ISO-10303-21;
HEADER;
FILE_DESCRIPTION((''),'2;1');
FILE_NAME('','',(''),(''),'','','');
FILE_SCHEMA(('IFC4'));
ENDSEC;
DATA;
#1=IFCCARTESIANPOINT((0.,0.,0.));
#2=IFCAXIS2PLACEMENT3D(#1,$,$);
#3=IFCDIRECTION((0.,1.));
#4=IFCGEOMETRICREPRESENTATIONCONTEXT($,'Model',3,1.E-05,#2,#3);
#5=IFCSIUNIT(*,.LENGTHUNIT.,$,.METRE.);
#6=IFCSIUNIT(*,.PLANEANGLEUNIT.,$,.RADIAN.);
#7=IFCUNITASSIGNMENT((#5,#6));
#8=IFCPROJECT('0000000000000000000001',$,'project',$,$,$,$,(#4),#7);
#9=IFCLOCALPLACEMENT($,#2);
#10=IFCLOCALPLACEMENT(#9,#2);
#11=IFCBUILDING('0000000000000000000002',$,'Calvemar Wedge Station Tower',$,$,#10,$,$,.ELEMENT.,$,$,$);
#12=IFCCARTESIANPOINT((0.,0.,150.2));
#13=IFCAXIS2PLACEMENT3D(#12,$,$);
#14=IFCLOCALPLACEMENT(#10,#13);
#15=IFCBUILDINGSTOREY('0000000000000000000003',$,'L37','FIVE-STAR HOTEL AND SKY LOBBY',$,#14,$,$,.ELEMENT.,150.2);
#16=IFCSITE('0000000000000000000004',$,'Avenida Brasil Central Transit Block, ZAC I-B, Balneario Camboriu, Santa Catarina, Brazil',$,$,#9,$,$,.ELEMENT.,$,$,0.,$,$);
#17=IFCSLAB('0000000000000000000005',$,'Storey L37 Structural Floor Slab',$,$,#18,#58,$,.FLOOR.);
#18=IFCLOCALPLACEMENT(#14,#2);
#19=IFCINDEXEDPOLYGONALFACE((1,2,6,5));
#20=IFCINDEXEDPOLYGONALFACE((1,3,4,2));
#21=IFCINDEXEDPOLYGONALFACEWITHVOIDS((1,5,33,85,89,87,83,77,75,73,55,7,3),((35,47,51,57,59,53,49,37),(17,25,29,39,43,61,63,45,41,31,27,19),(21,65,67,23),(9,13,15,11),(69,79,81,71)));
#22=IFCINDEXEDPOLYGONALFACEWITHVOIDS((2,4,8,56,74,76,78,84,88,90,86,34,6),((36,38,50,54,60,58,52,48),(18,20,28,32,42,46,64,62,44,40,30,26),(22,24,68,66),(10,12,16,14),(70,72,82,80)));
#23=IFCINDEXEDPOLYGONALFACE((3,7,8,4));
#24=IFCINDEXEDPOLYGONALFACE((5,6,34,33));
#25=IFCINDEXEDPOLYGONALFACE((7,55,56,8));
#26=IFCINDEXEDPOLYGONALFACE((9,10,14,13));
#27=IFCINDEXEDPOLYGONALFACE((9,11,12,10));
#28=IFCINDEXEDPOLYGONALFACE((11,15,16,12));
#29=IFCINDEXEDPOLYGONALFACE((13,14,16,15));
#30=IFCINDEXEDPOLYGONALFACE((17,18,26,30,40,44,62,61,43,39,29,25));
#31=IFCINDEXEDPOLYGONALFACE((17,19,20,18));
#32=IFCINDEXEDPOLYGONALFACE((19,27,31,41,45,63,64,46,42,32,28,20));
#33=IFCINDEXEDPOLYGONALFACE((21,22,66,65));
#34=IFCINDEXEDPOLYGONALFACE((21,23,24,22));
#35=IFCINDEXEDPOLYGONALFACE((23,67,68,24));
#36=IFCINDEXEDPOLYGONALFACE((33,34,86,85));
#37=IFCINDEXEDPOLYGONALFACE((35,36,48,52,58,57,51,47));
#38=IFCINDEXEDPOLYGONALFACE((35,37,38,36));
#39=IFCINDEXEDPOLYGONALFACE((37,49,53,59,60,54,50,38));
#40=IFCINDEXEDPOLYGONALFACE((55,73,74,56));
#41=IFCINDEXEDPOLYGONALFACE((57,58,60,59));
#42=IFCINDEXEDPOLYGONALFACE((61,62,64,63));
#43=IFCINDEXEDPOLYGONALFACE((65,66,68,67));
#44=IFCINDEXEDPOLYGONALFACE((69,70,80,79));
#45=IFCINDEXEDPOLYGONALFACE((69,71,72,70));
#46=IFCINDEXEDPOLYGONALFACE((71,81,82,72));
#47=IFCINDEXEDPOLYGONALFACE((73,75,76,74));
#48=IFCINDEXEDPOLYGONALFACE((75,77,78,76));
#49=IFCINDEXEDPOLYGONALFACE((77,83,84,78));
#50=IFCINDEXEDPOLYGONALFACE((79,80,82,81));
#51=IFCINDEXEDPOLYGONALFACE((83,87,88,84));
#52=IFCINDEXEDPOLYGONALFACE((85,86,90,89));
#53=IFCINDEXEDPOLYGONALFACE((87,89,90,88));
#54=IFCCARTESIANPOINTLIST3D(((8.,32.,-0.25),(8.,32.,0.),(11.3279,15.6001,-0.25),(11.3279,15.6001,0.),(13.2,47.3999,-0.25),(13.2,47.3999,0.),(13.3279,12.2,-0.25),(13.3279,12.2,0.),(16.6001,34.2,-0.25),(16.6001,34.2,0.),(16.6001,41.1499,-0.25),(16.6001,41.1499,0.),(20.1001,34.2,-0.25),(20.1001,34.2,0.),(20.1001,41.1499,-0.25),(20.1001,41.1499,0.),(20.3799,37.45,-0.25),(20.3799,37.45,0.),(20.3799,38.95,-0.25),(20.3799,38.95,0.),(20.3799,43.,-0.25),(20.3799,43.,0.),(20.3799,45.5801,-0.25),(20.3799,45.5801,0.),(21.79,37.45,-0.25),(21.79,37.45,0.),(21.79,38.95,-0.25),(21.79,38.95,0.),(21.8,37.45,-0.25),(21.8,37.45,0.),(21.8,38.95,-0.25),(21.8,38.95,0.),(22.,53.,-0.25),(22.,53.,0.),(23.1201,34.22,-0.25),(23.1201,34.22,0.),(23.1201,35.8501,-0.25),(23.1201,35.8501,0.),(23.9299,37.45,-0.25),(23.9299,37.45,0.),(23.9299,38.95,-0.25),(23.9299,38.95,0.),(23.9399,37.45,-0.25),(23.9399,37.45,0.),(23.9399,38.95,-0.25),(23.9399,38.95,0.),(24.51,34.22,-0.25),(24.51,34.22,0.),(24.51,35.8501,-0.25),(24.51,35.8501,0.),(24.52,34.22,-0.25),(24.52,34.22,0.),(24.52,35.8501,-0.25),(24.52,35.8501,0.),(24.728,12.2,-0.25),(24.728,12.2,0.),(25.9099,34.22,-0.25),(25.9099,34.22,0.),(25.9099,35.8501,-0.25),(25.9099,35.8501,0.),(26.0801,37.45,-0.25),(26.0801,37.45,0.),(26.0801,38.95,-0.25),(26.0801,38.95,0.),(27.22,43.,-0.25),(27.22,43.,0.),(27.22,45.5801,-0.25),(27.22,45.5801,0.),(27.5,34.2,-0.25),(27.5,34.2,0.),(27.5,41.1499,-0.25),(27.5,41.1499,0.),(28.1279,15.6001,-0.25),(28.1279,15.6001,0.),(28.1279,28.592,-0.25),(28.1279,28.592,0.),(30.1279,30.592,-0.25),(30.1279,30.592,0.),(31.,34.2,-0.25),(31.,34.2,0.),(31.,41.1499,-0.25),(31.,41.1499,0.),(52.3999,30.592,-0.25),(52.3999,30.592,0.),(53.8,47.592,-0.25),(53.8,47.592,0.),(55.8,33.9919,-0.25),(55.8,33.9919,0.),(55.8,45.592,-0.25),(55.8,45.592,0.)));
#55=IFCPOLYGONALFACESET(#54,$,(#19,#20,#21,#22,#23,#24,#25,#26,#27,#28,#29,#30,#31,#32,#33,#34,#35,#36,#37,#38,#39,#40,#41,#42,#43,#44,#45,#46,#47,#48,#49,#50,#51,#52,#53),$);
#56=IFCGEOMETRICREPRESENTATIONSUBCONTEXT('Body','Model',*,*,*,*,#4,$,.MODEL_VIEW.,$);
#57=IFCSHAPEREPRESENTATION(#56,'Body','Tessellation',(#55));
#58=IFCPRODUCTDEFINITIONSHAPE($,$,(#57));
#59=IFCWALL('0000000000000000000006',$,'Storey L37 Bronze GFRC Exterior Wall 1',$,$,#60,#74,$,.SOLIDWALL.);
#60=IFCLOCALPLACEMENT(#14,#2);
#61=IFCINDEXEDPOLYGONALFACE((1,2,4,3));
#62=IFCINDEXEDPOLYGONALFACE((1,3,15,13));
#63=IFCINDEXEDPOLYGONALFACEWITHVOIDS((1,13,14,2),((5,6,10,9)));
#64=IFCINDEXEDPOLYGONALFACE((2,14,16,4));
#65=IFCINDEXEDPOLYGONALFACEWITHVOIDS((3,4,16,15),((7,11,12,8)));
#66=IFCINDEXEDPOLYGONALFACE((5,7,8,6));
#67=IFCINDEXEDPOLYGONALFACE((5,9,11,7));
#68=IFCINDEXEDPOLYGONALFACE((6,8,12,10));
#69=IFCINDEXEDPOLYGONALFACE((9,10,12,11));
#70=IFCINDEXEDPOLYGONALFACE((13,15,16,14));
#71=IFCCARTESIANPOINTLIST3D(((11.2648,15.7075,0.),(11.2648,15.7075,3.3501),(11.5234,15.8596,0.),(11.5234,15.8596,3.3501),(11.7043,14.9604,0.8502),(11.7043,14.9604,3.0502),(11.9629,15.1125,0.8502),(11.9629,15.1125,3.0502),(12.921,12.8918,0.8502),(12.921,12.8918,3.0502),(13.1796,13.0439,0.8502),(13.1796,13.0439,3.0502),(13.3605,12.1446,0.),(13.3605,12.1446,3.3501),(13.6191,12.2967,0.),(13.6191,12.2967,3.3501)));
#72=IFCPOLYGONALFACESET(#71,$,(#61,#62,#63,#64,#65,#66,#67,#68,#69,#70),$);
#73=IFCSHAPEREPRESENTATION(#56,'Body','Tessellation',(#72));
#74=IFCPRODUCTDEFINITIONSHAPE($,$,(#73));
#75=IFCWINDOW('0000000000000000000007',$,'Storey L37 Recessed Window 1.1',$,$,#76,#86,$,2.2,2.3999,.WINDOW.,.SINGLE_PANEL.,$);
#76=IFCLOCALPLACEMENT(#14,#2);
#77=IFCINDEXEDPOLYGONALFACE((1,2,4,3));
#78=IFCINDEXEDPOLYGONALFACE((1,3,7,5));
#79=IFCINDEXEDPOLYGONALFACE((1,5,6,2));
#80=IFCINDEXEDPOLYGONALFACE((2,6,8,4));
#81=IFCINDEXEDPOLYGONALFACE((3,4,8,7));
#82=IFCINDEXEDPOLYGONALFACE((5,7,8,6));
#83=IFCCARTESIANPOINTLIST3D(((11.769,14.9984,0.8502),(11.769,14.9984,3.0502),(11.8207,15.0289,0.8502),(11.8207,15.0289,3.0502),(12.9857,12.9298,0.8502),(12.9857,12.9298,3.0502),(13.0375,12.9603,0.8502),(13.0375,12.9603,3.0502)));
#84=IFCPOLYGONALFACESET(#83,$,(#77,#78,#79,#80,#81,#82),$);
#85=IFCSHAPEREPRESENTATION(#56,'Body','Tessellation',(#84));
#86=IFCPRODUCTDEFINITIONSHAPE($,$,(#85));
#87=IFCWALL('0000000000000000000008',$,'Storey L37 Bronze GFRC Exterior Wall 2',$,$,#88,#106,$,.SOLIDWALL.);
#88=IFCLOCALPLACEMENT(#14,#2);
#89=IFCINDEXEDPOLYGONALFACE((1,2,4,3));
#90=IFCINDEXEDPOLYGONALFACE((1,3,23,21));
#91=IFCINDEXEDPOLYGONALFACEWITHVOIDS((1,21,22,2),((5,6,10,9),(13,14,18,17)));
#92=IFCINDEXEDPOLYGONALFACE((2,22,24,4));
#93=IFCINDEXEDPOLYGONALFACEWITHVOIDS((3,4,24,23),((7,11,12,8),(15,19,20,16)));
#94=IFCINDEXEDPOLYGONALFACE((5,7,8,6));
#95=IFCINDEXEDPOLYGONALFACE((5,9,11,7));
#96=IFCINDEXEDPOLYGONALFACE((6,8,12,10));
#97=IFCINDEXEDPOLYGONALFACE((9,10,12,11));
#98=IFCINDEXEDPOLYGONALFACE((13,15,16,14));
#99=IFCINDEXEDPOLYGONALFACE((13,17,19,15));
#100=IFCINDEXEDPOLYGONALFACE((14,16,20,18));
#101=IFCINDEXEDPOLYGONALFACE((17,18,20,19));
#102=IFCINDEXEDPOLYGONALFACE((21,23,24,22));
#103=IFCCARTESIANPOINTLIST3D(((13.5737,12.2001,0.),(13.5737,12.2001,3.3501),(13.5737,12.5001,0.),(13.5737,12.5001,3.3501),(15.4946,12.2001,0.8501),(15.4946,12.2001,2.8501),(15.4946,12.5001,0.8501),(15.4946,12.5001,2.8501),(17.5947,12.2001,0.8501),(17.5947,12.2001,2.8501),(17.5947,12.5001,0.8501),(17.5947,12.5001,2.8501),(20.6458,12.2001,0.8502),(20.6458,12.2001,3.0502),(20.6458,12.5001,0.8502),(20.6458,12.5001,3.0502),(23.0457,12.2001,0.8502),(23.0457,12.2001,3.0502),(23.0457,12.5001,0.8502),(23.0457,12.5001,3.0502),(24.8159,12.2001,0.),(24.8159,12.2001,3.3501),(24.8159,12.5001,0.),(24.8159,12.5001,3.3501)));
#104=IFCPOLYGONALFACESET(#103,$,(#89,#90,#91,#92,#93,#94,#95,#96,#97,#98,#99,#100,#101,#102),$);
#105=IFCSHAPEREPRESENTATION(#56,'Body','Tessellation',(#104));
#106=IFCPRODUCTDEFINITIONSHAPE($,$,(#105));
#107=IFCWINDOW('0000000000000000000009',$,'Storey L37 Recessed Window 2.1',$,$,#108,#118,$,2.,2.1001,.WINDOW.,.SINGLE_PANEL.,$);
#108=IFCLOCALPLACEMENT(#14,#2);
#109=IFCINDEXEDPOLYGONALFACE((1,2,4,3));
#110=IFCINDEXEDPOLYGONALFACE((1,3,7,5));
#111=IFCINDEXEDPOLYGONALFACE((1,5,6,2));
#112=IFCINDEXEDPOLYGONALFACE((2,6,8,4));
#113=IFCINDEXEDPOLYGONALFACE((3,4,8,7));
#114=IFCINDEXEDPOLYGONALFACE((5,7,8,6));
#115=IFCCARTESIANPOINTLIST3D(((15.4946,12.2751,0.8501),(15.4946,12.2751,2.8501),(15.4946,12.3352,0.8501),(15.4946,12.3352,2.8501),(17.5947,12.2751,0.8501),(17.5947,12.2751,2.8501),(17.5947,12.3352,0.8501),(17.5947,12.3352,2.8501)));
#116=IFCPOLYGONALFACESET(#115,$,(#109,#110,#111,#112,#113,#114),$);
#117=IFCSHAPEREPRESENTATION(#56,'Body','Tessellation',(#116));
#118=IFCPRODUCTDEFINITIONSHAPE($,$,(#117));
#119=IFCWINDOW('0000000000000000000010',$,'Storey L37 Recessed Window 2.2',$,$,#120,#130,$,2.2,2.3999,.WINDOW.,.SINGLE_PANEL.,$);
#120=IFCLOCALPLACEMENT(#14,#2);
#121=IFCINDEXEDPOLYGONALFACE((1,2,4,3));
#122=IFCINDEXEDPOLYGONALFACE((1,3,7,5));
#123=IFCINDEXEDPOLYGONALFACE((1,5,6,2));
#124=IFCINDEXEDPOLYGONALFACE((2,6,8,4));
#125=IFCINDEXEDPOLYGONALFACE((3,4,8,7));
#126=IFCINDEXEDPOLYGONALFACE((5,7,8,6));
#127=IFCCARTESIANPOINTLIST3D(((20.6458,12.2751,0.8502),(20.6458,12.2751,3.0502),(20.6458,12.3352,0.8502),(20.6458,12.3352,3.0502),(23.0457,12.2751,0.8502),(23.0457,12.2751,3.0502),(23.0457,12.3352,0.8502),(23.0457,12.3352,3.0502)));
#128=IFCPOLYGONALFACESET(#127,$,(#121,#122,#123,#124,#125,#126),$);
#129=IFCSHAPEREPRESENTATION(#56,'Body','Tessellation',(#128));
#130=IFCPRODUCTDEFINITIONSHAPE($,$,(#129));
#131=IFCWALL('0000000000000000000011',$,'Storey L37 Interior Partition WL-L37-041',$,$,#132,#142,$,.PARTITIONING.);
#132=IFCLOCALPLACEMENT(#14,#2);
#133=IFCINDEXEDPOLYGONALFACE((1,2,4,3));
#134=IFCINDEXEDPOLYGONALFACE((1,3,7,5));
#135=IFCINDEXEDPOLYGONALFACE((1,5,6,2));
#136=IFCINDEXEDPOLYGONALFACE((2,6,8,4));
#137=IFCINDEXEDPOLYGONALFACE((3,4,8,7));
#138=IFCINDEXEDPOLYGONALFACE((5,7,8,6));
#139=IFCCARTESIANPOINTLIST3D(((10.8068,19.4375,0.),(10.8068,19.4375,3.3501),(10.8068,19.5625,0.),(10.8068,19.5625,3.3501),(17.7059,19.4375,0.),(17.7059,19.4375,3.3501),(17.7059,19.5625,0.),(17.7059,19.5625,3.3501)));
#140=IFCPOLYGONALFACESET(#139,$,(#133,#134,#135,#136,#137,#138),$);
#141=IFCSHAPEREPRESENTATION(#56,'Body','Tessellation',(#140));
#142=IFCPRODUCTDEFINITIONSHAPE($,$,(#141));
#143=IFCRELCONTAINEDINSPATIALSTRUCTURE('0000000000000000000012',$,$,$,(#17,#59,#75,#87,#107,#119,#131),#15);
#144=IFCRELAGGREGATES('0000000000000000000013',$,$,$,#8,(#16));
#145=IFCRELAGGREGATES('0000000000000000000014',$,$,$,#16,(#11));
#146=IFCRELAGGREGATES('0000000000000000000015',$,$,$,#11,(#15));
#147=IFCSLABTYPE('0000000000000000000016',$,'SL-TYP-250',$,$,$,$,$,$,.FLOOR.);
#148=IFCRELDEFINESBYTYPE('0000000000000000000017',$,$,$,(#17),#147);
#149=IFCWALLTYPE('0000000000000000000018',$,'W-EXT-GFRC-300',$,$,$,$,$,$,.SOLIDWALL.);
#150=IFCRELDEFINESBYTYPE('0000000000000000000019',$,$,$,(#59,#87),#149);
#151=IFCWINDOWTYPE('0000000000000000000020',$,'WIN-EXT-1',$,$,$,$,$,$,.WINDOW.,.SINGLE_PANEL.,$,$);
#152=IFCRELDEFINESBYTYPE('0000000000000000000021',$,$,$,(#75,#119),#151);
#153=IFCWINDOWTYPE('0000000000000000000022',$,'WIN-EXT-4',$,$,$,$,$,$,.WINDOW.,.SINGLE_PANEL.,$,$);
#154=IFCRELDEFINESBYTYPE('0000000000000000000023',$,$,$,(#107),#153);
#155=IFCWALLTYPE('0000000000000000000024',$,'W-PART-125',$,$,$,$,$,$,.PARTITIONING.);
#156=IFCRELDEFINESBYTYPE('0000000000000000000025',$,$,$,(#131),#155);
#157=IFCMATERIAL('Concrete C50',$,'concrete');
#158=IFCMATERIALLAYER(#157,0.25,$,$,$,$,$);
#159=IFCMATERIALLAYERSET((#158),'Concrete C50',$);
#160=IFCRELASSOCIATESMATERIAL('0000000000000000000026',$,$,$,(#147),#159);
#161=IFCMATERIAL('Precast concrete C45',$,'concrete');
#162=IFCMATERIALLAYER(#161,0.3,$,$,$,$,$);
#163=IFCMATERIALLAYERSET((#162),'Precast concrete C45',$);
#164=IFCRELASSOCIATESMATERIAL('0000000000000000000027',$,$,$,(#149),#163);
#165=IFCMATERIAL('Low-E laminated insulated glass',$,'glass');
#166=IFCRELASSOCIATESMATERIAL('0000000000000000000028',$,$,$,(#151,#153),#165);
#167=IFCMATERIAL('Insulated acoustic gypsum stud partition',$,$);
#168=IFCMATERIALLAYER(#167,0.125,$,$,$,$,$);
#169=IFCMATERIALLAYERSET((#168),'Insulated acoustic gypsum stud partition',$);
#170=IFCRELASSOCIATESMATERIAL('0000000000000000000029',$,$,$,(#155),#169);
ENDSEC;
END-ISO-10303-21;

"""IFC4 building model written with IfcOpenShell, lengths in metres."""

from ifc_helpers import new_model, si_unit, direction, frame, frame_2d, origin, place, context, subcontext, project, spatial, polyline, rectangle, outline, extrude, source, transform, mapped, material, layer, layer_set, type_object, element, fill, save


model = new_model("IFC4")

# Units and contexts
model_context = context("Model", 3, precision=1e-05, world=origin(), true_north=direction((0.0, 1.0)))
body_context = subcontext(model_context, "Body", "Model", "MODEL_VIEW")
ifc_project = project(units=[si_unit("LENGTHUNIT", "METRE"), si_unit("PLANEANGLEUNIT", "RADIAN")], contexts=[model_context])

# Site, building, storey
site_placement = place(None, origin())
site = spatial("IfcSite", under=ifc_project, at=site_placement, Name="Avenida Brasil Central Transit Block, ZAC I-B, Balneario Camboriu, Santa Catarina, Brazil", CompositionType="ELEMENT", RefElevation=0.0)
building_placement = place(site_placement, origin())
building = spatial("IfcBuilding", under=site, at=building_placement, Name="Calvemar Wedge Station Tower", CompositionType="ELEMENT")
storey_placement = place(building_placement, frame((0.0, 0.0, 150.2)))
storey = spatial("IfcBuildingStorey", under=building, at=storey_placement, Name="L37", Description="FIVE-STAR HOTEL AND SKY LOBBY", CompositionType="ELEMENT", Elevation=150.2)

# Shared definitions
ifc_material_1 = material(Name="Concrete C50", Category="concrete")

# Slab
ifc_layer_1 = layer(ifc_material_1, 0.25)
ifc_layer_set_1 = layer_set([ifc_layer_1], Name="Concrete C50")
slab_type_1 = type_object("IfcSlabType", Name="SL-TYP-250", PredefinedType="FLOOR", material=ifc_layer_set_1)
slab_1_placement = place(storey_placement, frame((0.0, 0.0, -0.25)))
element("IfcSlab", 1, at=slab_1_placement, inside=storey, type_object=slab_type_1, Name="Storey L37 Structural Floor Slab", PredefinedType="FLOOR", context=body_context, shape_type="SweptSolid", body=[
    extrude(outline(polyline([(8.0, 32.0), (11.3279, 15.6001), (13.3279, 12.2), (24.728, 12.2), (28.1279, 15.6001), (28.1279, 28.592), (30.1279, 30.592), (52.3999, 30.592), (55.8, 33.9919), (55.8, 45.592), (53.8, 47.592), (22.0, 53.0), (13.2, 47.3999), (8.0, 32.0)]), holes=[polyline([(24.52, 35.8501), (24.51, 35.8501), (23.1201, 35.8501), (23.1201, 34.22), (24.51, 34.22), (24.52, 34.22), (25.9099, 34.22), (25.9099, 35.8501), (24.52, 35.8501)]), polyline([(16.6001, 34.2), (20.1001, 34.2), (20.1001, 41.1499), (16.6001, 41.1499), (16.6001, 34.2)]), polyline([(27.5, 34.2), (31.0, 34.2), (31.0, 41.1499), (27.5, 41.1499), (27.5, 34.2)]), polyline([(21.8, 38.95), (21.79, 38.95), (20.3799, 38.95), (20.3799, 37.45), (21.79, 37.45), (21.8, 37.45), (23.9299, 37.45), (23.9399, 37.45), (26.0801, 37.45), (26.0801, 38.95), (23.9399, 38.95), (23.9299, 38.95), (21.8, 38.95)]), polyline([(27.22, 43.0), (27.22, 45.5801), (20.3799, 45.5801), (20.3799, 43.0), (27.22, 43.0)])]), origin(), (0.0, 0.0, 1.0), 0.25),
])

# Wall, opening, window
ifc_material_2 = material(Name="Precast concrete C45", Category="concrete")
ifc_layer_2 = layer(ifc_material_2, 0.3)
ifc_layer_set_2 = layer_set([ifc_layer_2], Name="Precast concrete C45")
wall_type_1 = type_object("IfcWallType", Name="W-EXT-GFRC-300", PredefinedType="SOLIDWALL", material=ifc_layer_set_2)
wall_1_placement = place(storey_placement, frame((11.394, 15.7837, 0.0), z_axis=(0.0, 0.0, 1.0), x_axis=(0.506989, -0.861952, 0.0)))
wall_1 = element("IfcWall", 2, at=wall_1_placement, inside=storey, type_object=wall_type_1, Name="Storey L37 Bronze GFRC Exterior Wall 1", PredefinedType="SOLIDWALL", context=body_context, shape_type="SweptSolid", body=[
    extrude(rectangle(XDim=4.1335, YDim=0.3, at=frame_2d((2.0669, 0.0))), origin(), (0.0, 0.0, 1.0), 3.3501),
])
shared_shape_1 = source(origin(), body_context, "Body", "SweptSolid", [
    extrude(rectangle(XDim=2.3999, YDim=2.2, at=frame_2d((1.2, 1.1001))), frame((0.0, 0.1602, 0.0), z_axis=(0.0, -1.0, 0.0), x_axis=(1.0, 0.0, 0.0)), (0.0, 0.0, 1.0), 0.3201),
])
opening_1_placement = place(wall_1_placement, frame((0.8669, 0.0, 0.8501)))
opening_1 = element("IfcOpeningElement", 3, at=opening_1_placement, cuts=wall_1, PredefinedType="OPENING", context=body_context, shape_type="MappedRepresentation", body=[
    mapped(shared_shape_1, transform((0.0, 0.0, 0.0), scale=1.0)),
])
ifc_material_3 = material(Name="Low-E laminated insulated glass", Category="glass")
window_type_1 = type_object("IfcWindowType", Name="WIN-EXT-1", PartitioningType="SINGLE_PANEL", PredefinedType="WINDOW", material=ifc_material_3)
shared_shape_2 = source(origin(), body_context, "Body", "SweptSolid", [
    extrude(rectangle(XDim=2.3999, YDim=2.2, at=frame_2d((1.2, 1.1001))), frame((0.0, -0.0149, 0.0), z_axis=(0.0, -1.0, 0.0), x_axis=(1.0, 0.0, 0.0)), (0.0, 0.0, 1.0), 0.0601),
])
window_1_placement = place(opening_1_placement, origin())
window_1 = element("IfcWindow", 4, at=window_1_placement, inside=storey, type_object=window_type_1, Name="Storey L37 Recessed Window 1.1", OverallHeight=2.2, OverallWidth=2.3999, PartitioningType="SINGLE_PANEL", PredefinedType="WINDOW", context=body_context, shape_type="MappedRepresentation", body=[
    mapped(shared_shape_2, transform((0.0, 0.0, 0.0), scale=1.0)),
])
fill(opening_1, window_1)

# Wall, openings, windows
wall_2_placement = place(storey_placement, frame((13.5737, 12.3501, 0.0), z_axis=(0.0, 0.0, 1.0), x_axis=(1.0, 0.0, 0.0)))
wall_2 = element("IfcWall", 5, at=wall_2_placement, inside=storey, type_object=wall_type_1, Name="Storey L37 Bronze GFRC Exterior Wall 2", PredefinedType="SOLIDWALL", context=body_context, shape_type="SweptSolid", body=[
    extrude(rectangle(XDim=11.2422, YDim=0.3, at=frame_2d((5.6211, 0.0))), origin(), (0.0, 0.0, 1.0), 3.3501),
])
shared_shape_3 = source(origin(), body_context, "Body", "SweptSolid", [
    extrude(rectangle(XDim=2.1001, YDim=2.0, at=frame_2d((1.05, 1.0))), frame((0.0, 0.1602, 0.0), z_axis=(0.0, -1.0, 0.0), x_axis=(1.0, 0.0, 0.0)), (0.0, 0.0, 1.0), 0.3201),
])
opening_2_placement = place(wall_2_placement, frame((1.9209, 0.0, 0.8501)))
opening_2 = element("IfcOpeningElement", 6, at=opening_2_placement, cuts=wall_2, PredefinedType="OPENING", context=body_context, shape_type="MappedRepresentation", body=[
    mapped(shared_shape_3, transform((0.0, 0.0, 0.0), scale=1.0)),
])
opening_3_placement = place(wall_2_placement, frame((7.072, 0.0, 0.8501)))
opening_3 = element("IfcOpeningElement", 7, at=opening_3_placement, cuts=wall_2, PredefinedType="OPENING", context=body_context, shape_type="MappedRepresentation", body=[
    mapped(shared_shape_1, transform((0.0, 0.0, 0.0), scale=1.0)),
])
window_type_2 = type_object("IfcWindowType", Name="WIN-EXT-4", PartitioningType="SINGLE_PANEL", PredefinedType="WINDOW", material=ifc_material_3)
shared_shape_4 = source(origin(), body_context, "Body", "SweptSolid", [
    extrude(rectangle(XDim=2.1001, YDim=2.0, at=frame_2d((1.05, 1.0))), frame((0.0, -0.0149, 0.0), z_axis=(0.0, -1.0, 0.0), x_axis=(1.0, 0.0, 0.0)), (0.0, 0.0, 1.0), 0.0601),
])
window_2_placement = place(opening_2_placement, origin())
window_2 = element("IfcWindow", 8, at=window_2_placement, inside=storey, type_object=window_type_2, Name="Storey L37 Recessed Window 2.1", OverallHeight=2.0, OverallWidth=2.1001, PartitioningType="SINGLE_PANEL", PredefinedType="WINDOW", context=body_context, shape_type="MappedRepresentation", body=[
    mapped(shared_shape_4, transform((0.0, 0.0, 0.0), scale=1.0)),
])
fill(opening_2, window_2)
window_3_placement = place(opening_3_placement, origin())
window_3 = element("IfcWindow", 9, at=window_3_placement, inside=storey, type_object=window_type_1, Name="Storey L37 Recessed Window 2.2", OverallHeight=2.2, OverallWidth=2.3999, PartitioningType="SINGLE_PANEL", PredefinedType="WINDOW", context=body_context, shape_type="MappedRepresentation", body=[
    mapped(shared_shape_2, transform((0.0, 0.0, 0.0), scale=1.0)),
])
fill(opening_3, window_3)

# Wall
ifc_material_4 = material(Name="Insulated acoustic gypsum stud partition")
ifc_layer_3 = layer(ifc_material_4, 0.125)
ifc_layer_set_3 = layer_set([ifc_layer_3], Name="Insulated acoustic gypsum stud partition")
wall_type_2 = type_object("IfcWallType", Name="W-PART-125", PredefinedType="PARTITIONING", material=ifc_layer_set_3)
wall_3_placement = place(storey_placement, frame((17.7061, 19.5, 0.0), z_axis=(0.0, 0.0, 1.0), x_axis=(-1.0, 0.0, 0.0)))
element("IfcWall", 10, at=wall_3_placement, inside=storey, type_object=wall_type_2, Name="Storey L37 Interior Partition WL-L37-041", PredefinedType="PARTITIONING", context=body_context, shape_type="SweptSolid", body=[
    extrude(rectangle(XDim=6.8992, YDim=0.125, at=frame_2d((3.4497, 0.0))), origin(), (0.0, 0.0, 1.0), 3.3501),
])

save(model, "model.ifc")
